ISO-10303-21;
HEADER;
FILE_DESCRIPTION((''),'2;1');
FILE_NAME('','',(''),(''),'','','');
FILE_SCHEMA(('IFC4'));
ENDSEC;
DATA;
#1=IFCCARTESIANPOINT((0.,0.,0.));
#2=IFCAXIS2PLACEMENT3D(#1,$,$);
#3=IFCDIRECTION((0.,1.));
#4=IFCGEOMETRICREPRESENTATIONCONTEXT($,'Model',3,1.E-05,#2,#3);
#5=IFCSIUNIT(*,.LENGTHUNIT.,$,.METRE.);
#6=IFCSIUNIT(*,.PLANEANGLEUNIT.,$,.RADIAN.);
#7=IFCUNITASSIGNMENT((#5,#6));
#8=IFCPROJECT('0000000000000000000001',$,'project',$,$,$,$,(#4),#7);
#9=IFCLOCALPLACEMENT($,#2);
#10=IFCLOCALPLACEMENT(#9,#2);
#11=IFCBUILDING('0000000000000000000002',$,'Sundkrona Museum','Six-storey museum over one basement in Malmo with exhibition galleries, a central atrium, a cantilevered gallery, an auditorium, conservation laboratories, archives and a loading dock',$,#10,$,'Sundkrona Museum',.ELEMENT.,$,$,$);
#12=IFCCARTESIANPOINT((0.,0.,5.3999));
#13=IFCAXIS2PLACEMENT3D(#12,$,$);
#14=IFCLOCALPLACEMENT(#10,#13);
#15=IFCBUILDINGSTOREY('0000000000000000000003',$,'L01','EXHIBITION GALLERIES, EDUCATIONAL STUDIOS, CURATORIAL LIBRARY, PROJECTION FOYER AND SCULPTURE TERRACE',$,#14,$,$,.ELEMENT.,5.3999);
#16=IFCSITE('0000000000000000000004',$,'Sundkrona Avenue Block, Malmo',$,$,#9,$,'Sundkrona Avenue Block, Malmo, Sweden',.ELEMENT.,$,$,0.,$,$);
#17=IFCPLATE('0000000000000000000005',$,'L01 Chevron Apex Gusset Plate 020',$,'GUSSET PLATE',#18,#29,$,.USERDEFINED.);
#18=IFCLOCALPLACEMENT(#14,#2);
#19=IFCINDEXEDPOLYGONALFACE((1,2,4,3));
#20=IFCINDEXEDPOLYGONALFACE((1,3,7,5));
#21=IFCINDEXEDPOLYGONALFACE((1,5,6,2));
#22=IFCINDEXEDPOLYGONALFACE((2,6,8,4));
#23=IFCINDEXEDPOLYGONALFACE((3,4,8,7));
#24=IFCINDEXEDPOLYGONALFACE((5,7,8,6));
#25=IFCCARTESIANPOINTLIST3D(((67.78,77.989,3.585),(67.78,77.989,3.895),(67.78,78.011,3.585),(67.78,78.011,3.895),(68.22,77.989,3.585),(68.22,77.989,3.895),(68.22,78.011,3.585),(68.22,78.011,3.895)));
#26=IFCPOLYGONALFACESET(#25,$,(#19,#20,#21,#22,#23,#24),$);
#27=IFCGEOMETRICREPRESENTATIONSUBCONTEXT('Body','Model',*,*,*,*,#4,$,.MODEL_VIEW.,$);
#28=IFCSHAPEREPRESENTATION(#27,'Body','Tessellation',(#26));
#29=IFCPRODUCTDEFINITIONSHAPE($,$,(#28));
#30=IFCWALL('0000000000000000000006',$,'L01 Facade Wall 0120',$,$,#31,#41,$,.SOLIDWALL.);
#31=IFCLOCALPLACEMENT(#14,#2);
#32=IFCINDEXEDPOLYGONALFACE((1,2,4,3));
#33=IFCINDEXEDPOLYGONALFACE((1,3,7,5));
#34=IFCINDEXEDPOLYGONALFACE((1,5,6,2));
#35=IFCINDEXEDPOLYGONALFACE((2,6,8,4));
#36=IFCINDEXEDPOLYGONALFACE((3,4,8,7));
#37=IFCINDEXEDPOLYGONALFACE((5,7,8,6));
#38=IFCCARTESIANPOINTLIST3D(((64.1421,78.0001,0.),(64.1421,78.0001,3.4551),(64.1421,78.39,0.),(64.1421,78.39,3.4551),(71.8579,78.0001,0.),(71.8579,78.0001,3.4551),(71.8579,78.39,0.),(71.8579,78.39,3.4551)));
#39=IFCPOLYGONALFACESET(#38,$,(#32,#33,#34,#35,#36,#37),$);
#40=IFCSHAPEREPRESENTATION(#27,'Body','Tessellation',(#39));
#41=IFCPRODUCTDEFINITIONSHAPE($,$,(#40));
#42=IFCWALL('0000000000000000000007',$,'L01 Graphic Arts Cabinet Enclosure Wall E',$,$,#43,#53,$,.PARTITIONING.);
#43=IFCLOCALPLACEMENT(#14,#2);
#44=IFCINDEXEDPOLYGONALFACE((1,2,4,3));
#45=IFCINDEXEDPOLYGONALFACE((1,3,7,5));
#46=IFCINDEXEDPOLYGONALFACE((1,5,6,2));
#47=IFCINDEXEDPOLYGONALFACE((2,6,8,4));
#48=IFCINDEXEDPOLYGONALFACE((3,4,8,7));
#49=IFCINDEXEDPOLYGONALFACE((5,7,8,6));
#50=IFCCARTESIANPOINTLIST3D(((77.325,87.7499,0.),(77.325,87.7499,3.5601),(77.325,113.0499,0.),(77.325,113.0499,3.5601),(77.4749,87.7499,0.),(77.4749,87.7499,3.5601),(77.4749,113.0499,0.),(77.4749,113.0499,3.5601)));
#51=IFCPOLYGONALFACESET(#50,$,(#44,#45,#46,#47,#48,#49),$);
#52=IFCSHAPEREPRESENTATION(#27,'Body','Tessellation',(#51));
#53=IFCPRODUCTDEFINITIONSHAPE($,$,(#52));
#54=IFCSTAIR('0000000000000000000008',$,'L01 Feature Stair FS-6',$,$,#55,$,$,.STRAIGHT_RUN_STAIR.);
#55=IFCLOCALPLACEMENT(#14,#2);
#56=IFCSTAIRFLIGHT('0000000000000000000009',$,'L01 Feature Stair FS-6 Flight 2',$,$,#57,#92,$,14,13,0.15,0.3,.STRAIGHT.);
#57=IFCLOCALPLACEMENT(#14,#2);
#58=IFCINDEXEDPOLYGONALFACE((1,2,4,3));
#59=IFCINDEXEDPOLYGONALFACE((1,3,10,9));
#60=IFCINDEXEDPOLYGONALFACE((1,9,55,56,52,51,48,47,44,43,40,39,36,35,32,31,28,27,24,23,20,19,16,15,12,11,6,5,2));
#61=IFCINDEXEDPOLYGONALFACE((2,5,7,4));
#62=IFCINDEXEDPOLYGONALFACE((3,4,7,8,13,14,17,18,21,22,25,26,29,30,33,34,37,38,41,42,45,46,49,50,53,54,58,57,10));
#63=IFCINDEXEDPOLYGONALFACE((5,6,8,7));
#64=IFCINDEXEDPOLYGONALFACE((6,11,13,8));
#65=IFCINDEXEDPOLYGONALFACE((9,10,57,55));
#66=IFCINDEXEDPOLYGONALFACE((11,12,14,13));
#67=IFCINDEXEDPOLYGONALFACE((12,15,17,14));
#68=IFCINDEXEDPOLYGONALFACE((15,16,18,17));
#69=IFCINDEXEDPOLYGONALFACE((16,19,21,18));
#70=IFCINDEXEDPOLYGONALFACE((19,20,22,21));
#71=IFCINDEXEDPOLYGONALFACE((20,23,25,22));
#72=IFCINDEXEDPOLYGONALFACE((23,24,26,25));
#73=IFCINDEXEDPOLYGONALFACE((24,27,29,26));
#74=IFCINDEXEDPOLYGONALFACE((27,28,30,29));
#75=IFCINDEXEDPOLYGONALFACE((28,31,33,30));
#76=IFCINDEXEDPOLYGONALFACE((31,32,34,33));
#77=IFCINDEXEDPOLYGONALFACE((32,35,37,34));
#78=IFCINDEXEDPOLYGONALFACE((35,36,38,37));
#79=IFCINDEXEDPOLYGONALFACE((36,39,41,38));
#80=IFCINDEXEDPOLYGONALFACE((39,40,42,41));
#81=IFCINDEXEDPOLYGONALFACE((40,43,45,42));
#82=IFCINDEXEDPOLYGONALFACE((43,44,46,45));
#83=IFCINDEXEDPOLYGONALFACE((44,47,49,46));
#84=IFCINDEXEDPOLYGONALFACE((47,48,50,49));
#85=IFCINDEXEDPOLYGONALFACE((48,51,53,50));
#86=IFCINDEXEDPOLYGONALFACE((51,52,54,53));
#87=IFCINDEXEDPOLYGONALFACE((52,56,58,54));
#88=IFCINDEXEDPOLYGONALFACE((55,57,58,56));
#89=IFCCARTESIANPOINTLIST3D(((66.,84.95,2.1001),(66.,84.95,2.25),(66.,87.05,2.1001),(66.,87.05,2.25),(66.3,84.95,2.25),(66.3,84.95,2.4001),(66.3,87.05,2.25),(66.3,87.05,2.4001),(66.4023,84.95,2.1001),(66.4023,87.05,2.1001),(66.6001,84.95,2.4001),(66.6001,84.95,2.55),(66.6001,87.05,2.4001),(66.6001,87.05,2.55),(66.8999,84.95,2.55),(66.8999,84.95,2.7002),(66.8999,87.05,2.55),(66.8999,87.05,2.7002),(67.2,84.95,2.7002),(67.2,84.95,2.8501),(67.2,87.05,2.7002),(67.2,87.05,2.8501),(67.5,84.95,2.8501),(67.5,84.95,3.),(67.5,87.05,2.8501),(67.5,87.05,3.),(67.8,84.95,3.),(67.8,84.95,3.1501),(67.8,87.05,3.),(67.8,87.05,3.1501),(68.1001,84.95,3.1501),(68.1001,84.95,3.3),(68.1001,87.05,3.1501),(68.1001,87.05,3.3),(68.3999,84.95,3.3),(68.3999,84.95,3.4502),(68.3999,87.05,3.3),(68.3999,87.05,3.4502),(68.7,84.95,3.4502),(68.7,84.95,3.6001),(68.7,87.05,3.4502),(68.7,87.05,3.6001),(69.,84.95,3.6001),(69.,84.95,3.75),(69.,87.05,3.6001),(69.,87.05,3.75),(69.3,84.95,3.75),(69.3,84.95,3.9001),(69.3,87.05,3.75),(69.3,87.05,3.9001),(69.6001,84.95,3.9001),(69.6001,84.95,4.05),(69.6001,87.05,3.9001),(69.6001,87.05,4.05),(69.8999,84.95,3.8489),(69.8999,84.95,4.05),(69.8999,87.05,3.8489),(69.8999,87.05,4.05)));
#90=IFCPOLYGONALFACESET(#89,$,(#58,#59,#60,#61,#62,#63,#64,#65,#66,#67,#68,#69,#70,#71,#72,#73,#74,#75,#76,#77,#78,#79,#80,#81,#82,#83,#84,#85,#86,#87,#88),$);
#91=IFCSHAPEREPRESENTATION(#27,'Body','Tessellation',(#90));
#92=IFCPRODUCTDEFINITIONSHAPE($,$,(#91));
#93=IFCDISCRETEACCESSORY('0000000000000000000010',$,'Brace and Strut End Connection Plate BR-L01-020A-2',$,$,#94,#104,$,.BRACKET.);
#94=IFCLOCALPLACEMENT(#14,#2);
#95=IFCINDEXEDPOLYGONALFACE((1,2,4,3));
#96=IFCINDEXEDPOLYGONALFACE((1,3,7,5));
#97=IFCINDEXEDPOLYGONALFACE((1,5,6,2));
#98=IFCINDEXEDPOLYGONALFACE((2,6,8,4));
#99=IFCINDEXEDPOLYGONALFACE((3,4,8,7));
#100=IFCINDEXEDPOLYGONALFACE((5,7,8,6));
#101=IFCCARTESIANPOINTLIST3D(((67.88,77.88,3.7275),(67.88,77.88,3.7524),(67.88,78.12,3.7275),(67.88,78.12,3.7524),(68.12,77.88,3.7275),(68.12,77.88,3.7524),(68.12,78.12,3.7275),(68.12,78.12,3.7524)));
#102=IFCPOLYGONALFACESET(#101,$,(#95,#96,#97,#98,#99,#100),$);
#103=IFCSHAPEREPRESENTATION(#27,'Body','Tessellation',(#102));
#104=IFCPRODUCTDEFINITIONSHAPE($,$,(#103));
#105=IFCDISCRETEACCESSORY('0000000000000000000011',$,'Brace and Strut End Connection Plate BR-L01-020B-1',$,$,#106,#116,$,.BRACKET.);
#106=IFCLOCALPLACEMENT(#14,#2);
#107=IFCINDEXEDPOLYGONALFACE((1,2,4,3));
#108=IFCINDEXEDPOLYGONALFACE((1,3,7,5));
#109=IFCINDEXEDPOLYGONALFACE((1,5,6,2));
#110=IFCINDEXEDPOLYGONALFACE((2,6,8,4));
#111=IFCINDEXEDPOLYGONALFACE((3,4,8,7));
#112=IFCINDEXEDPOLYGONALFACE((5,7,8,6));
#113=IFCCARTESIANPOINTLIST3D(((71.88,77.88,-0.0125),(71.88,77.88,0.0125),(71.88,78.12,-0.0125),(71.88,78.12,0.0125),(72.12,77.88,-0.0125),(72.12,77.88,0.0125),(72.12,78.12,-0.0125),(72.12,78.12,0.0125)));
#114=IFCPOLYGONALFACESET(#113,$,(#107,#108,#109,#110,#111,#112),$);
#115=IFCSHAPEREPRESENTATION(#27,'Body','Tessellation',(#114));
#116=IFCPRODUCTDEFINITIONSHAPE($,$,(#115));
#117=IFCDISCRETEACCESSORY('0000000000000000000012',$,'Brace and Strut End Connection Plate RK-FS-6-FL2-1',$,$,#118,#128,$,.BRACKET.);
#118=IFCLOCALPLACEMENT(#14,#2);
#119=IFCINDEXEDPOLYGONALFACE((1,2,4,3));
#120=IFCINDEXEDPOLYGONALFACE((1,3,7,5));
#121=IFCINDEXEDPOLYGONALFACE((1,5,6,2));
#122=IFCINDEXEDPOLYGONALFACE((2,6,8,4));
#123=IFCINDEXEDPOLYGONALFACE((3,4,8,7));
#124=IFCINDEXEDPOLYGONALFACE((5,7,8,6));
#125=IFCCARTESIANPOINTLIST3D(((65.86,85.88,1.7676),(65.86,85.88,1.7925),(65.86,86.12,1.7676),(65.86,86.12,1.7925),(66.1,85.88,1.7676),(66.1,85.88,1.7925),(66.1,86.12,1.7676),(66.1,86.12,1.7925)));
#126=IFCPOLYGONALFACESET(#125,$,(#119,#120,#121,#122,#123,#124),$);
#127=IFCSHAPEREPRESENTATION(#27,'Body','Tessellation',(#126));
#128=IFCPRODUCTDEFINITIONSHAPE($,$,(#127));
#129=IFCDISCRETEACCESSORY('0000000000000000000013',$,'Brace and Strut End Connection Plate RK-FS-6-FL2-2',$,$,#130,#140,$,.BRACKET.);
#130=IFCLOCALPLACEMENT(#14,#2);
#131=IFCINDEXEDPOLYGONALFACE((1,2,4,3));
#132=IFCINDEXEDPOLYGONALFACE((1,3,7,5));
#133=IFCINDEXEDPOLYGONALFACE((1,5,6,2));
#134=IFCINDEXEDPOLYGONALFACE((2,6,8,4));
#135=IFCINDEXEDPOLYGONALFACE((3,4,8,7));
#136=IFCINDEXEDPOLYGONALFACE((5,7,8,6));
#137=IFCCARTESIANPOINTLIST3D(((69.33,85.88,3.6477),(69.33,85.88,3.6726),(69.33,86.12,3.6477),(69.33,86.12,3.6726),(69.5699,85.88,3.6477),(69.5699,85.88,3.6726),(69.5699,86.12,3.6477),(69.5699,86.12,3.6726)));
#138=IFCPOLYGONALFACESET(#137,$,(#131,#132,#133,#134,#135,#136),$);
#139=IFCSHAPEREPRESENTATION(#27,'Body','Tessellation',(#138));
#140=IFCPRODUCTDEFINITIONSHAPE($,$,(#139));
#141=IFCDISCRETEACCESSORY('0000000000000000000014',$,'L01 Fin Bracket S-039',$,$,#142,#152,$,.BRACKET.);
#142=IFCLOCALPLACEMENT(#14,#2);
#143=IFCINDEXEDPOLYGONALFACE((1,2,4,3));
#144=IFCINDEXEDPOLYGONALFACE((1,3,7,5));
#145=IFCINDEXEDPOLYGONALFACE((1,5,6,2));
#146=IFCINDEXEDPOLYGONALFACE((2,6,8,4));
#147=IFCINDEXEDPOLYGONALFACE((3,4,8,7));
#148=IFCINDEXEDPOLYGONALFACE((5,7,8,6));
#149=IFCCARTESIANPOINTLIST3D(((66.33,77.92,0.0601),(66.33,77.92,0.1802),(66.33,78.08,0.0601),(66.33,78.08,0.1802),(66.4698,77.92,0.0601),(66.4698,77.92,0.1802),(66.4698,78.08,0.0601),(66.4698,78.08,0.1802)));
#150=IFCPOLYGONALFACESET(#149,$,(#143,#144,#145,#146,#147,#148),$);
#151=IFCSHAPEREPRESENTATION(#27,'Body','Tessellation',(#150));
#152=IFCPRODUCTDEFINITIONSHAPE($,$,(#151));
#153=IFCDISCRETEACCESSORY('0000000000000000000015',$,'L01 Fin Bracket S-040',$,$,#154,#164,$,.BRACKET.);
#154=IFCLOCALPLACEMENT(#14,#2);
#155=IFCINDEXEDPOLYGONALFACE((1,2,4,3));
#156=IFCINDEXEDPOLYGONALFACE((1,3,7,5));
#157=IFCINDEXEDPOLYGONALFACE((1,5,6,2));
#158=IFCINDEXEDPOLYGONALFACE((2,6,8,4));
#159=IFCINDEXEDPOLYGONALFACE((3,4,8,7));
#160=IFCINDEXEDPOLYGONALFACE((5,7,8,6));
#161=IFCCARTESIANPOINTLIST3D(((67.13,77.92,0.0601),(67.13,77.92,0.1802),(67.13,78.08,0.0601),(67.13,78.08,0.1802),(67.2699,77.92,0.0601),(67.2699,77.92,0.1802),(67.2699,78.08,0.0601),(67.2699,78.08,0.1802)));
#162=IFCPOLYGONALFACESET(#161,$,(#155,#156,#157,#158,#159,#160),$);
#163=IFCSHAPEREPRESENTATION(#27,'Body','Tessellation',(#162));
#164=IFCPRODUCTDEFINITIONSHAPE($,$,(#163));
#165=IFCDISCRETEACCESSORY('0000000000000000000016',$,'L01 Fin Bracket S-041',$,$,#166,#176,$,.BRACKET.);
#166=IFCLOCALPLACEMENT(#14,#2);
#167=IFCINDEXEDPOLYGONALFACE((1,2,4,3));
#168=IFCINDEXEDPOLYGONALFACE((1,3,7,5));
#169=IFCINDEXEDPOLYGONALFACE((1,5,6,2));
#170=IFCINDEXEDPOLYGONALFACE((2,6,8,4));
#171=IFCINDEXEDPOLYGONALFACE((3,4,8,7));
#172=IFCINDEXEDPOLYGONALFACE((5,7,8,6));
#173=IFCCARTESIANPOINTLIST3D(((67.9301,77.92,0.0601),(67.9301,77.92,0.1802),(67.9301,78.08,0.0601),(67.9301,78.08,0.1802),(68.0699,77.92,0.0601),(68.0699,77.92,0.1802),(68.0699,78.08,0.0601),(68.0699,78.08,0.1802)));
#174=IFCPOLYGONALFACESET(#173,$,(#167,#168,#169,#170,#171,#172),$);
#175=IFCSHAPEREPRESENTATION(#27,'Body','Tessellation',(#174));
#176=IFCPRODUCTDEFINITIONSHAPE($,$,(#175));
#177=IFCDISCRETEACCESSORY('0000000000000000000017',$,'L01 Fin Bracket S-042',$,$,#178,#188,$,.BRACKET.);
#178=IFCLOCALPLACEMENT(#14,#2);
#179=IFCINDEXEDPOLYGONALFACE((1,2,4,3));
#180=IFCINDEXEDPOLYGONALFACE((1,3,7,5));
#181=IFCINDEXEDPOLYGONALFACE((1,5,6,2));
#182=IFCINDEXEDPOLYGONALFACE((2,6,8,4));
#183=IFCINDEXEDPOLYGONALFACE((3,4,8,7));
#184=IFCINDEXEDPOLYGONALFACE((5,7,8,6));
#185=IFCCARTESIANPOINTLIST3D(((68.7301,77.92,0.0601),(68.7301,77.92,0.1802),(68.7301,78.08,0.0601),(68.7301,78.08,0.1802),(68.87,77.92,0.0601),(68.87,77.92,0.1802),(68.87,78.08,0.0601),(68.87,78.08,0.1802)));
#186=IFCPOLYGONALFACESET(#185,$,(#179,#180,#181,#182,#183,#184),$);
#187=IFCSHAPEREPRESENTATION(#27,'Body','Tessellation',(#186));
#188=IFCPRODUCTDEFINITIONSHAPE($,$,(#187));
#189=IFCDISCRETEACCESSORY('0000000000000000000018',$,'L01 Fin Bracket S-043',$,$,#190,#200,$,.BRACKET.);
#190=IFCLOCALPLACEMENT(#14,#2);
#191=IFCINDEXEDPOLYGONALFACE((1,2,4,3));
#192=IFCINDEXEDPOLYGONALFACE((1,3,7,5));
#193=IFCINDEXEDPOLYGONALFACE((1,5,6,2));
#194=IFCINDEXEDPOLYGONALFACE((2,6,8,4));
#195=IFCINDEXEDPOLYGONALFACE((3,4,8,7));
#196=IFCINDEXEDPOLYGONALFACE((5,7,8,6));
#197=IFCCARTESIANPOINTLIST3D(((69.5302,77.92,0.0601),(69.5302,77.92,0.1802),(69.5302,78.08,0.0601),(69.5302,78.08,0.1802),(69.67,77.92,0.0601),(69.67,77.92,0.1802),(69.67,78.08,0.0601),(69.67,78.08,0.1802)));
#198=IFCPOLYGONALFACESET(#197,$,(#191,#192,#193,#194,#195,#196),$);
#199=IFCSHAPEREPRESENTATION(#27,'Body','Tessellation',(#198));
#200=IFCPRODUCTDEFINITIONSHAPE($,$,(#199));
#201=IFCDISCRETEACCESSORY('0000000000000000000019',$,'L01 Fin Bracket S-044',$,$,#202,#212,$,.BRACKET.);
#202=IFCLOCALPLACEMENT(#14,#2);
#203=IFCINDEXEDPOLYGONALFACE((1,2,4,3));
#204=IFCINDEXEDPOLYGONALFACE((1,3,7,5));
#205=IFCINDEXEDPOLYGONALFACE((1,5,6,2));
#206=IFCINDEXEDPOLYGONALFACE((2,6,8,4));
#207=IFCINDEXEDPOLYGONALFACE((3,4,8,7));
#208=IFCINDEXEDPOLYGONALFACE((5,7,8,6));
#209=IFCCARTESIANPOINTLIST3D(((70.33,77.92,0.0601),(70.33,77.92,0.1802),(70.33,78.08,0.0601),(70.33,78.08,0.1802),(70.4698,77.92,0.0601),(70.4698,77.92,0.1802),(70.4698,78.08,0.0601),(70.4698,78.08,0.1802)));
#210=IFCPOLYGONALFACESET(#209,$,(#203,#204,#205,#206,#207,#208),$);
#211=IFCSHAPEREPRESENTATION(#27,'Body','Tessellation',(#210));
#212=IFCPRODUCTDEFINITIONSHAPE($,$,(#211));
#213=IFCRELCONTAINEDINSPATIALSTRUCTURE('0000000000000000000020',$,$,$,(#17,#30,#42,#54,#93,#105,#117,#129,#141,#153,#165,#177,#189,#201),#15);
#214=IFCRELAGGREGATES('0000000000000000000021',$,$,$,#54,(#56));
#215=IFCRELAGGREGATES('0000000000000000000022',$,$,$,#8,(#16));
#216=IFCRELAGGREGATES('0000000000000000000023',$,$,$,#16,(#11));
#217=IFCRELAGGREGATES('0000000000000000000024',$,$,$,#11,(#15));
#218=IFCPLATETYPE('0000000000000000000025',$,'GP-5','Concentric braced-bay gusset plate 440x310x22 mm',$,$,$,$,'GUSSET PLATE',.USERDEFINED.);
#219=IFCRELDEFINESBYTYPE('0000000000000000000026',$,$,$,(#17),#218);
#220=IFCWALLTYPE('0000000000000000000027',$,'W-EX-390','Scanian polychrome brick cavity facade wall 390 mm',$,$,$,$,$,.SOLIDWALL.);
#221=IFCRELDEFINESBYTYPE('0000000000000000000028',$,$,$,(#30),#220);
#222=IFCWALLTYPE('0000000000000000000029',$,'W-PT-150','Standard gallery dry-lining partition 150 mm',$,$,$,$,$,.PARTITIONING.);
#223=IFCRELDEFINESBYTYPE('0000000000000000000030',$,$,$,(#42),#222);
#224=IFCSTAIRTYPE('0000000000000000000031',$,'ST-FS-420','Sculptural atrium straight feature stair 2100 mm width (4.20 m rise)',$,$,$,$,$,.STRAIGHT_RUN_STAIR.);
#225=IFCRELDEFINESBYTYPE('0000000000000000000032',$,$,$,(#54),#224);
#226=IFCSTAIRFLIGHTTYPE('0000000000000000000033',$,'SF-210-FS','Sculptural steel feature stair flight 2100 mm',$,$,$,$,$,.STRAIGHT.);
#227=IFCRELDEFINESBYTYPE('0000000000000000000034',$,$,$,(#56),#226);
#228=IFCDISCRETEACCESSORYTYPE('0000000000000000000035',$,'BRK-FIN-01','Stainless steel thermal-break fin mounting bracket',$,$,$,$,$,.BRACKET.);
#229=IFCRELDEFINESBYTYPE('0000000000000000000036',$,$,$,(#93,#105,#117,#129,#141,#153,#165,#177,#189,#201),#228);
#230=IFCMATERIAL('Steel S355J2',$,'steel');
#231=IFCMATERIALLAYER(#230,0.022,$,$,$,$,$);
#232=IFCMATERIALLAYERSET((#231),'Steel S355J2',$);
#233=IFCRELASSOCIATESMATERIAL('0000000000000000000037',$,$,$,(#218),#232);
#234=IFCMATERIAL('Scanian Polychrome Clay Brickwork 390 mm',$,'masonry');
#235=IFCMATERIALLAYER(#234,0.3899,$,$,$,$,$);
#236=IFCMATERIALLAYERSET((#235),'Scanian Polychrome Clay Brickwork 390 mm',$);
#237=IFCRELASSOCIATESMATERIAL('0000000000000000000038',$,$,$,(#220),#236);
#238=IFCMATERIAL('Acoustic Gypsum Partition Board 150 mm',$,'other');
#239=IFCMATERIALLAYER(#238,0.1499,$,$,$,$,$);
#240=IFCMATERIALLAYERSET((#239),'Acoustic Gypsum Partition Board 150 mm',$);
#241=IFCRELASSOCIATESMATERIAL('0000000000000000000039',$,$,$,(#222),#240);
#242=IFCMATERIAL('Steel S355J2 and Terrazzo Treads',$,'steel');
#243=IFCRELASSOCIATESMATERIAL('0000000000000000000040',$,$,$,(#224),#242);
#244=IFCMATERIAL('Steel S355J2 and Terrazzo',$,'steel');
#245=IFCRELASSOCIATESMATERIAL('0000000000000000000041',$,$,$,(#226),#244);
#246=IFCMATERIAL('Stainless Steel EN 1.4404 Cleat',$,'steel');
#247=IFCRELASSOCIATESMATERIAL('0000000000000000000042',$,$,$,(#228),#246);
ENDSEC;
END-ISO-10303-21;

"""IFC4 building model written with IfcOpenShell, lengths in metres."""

from ifc_helpers import new_model, si_unit, direction, frame, frame_2d, origin, origin_2d, place, context, subcontext, project, spatial, polyline, rectangle, outline, extrude, material, layer, layer_set, type_object, element, aggregate, save


model = new_model("IFC4")

# Units and contexts
model_context = context("Model", 3, precision=1e-05, world=origin(), true_north=direction((0.0, 1.0)))
body_context = subcontext(model_context, "Body", "Model", "MODEL_VIEW")
ifc_project = project(units=[si_unit("LENGTHUNIT", "METRE"), si_unit("PLANEANGLEUNIT", "RADIAN")], contexts=[model_context])

# Site, building, storey
site_placement = place(None, origin())
site = spatial("IfcSite", under=ifc_project, at=site_placement, Name="Sundkrona Avenue Block, Malmo", LongName="Sundkrona Avenue Block, Malmo, Sweden", CompositionType="ELEMENT", RefElevation=0.0)
building_placement = place(site_placement, origin())
building = spatial("IfcBuilding", under=site, at=building_placement, Name="Sundkrona Museum", Description="Six-storey museum over one basement in Malmo with exhibition galleries, a central atrium, a cantilevered gallery, an auditorium, conservation laboratories, archives and a loading dock", LongName="Sundkrona Museum", CompositionType="ELEMENT")
storey_placement = place(building_placement, frame((0.0, 0.0, 5.3999)))
storey = spatial("IfcBuildingStorey", under=building, at=storey_placement, Name="L01", Description="EXHIBITION GALLERIES, EDUCATIONAL STUDIOS, CURATORIAL LIBRARY, PROJECTION FOYER AND SCULPTURE TERRACE", CompositionType="ELEMENT", Elevation=5.3999)

# Shared definitions
ifc_material_1 = material(Name="Steel S355J2", Category="steel")

# Plate
ifc_layer_1 = layer(ifc_material_1, 0.022)
ifc_layer_set_1 = layer_set([ifc_layer_1], Name="Steel S355J2")
plate_type = type_object("IfcPlateType", Name="GP-5", Description="Concentric braced-bay gusset plate 440x310x22 mm", ElementType="GUSSET PLATE", PredefinedType="USERDEFINED", material=ifc_layer_set_1)
plate_placement = place(storey_placement, frame((68.0, 78.0, 3.585), z_axis=(0.0, 0.0, 1.0), x_axis=(1.0, 0.0, 0.0)))
element("IfcPlate", 1, at=plate_placement, inside=storey, type_object=plate_type, Name="L01 Chevron Apex Gusset Plate 020", ObjectType="GUSSET PLATE", PredefinedType="USERDEFINED", context=body_context, shape_type="SweptSolid", body=[
    extrude(rectangle(XDim=0.4399, YDim=0.022, at=origin_2d()), origin(), (0.0, 0.0, 1.0), 0.3101),
])

# Walls
ifc_material_2 = material(Name="Scanian Polychrome Clay Brickwork 390 mm", Category="masonry")
ifc_layer_2 = layer(ifc_material_2, 0.3899)
ifc_layer_set_2 = layer_set([ifc_layer_2], Name="Scanian Polychrome Clay Brickwork 390 mm")
wall_type_1 = type_object("IfcWallType", Name="W-EX-390", Description="Scanian polychrome brick cavity facade wall 390 mm", PredefinedType="SOLIDWALL", material=ifc_layer_set_2)
wall_1_placement = place(storey_placement, frame((71.8579, 78.1951, 0.0), z_axis=(0.0, 0.0, 1.0), x_axis=(-1.0, 0.0, 0.0)))
element("IfcWall", 2, at=wall_1_placement, inside=storey, type_object=wall_type_1, Name="L01 Facade Wall 0120", PredefinedType="SOLIDWALL", context=body_context, shape_type="SweptSolid", body=[
    extrude(rectangle(XDim=7.7158, YDim=0.3899, at=frame_2d((3.8579, 0.0))), origin(), (0.0, 0.0, 1.0), 3.4551),
])
ifc_material_3 = material(Name="Acoustic Gypsum Partition Board 150 mm", Category="other")
ifc_layer_3 = layer(ifc_material_3, 0.1499)
ifc_layer_set_3 = layer_set([ifc_layer_3], Name="Acoustic Gypsum Partition Board 150 mm")
wall_type_2 = type_object("IfcWallType", Name="W-PT-150", Description="Standard gallery dry-lining partition 150 mm", PredefinedType="PARTITIONING", material=ifc_layer_set_3)
wall_2_placement = place(storey_placement, frame((77.3999, 87.75, 0.0), z_axis=(0.0, 0.0, 1.0), x_axis=(0.0, 1.0, 0.0)))
element("IfcWall", 3, at=wall_2_placement, inside=storey, type_object=wall_type_2, Name="L01 Graphic Arts Cabinet Enclosure Wall E", PredefinedType="PARTITIONING", context=body_context, shape_type="SweptSolid", body=[
    extrude(rectangle(XDim=25.3, YDim=0.1499, at=frame_2d((12.6499, 0.0))), origin(), (0.0, 0.0, 1.0), 3.5601),
])

# Stair, stair flight
ifc_material_4 = material(Name="Steel S355J2 and Terrazzo Treads", Category="steel")
stair_type = type_object("IfcStairType", Name="ST-FS-420", Description="Sculptural atrium straight feature stair 2100 mm width (4.20 m rise)", PredefinedType="STRAIGHT_RUN_STAIR", material=ifc_material_4)
stair_placement = place(storey_placement, origin())
stair = element("IfcStair", 4, at=stair_placement, inside=storey, type_object=stair_type, Name="L01 Feature Stair FS-6", PredefinedType="STRAIGHT_RUN_STAIR")
ifc_material_5 = material(Name="Steel S355J2 and Terrazzo", Category="steel")
stair_flight_type = type_object("IfcStairFlightType", Name="SF-210-FS", Description="Sculptural steel feature stair flight 2100 mm", PredefinedType="STRAIGHT", material=ifc_material_5)
stair_flight_placement = place(storey_placement, frame((66.0, 86.0, 2.1001), z_axis=(0.0, 0.0, 1.0), x_axis=(1.0, 0.0, 0.0)))
stair_flight = element("IfcStairFlight", 5, at=stair_flight_placement, type_object=stair_flight_type, Name="L01 Feature Stair FS-6 Flight 2", NumberOfRisers=14, NumberOfTreads=13, PredefinedType="STRAIGHT", RiserHeight=0.15, TreadLength=0.3, context=body_context, shape_type="SweptSolid", body=[
    extrude(outline(polyline([(0.0, 0.0), (0.0, 0.1499), (0.3, 0.1499), (0.3, 0.3), (0.6001, 0.3), (0.6001, 0.45), (0.8999, 0.45), (0.8999, 0.6001), (1.2, 0.6001), (1.2, 0.75), (1.5, 0.75), (1.5, 0.8999), (1.8, 0.8999), (1.8, 1.05), (2.1001, 1.05), (2.1001, 1.2), (2.3999, 1.2), (2.3999, 1.3501), (2.7, 1.3501), (2.7, 1.5), (3.0, 1.5), (3.0, 1.6499), (3.3, 1.6499), (3.3, 1.8), (3.6001, 1.8), (3.6001, 1.95), (3.8999, 1.95), (3.8999, 2.1001), (3.8999, 1.7488), (0.4023, 0.0), (0.0, 0.0)])), frame((0.0, 1.05, 0.0), z_axis=(0.0, -1.0, 0.0), x_axis=(1.0, 0.0, 0.0)), (0.0, 0.0, 1.0), 2.1001),
])
aggregate(stair, [stair_flight])

# Discrete accessories
ifc_material_6 = material(Name="Stainless Steel EN 1.4404 Cleat", Category="steel")
discrete_accessory_type = type_object("IfcDiscreteAccessoryType", Name="BRK-FIN-01", Description="Stainless steel thermal-break fin mounting bracket", PredefinedType="BRACKET", material=ifc_material_6)
for number, where, z_axis, x_axis, name in (
    (6, (68.0, 78.0, 3.7275), (0.0, 0.0, 1.0), (1.0, 0.0, 0.0), "Brace and Strut End Connection Plate BR-L01-020A-2"),
    (7, (72.0, 78.0, -0.0125), (0.0, 0.0, 1.0), (1.0, 0.0, 0.0), "Brace and Strut End Connection Plate BR-L01-020B-1"),
    (8, (65.98, 86.0, 1.7676), (0.0, 0.0, 1.0), (1.0, 0.0, 0.0), "Brace and Strut End Connection Plate RK-FS-6-FL2-1"),
    (9, (69.45, 86.0, 3.6477), (0.0, 0.0, 1.0), (1.0, 0.0, 0.0), "Brace and Strut End Connection Plate RK-FS-6-FL2-2"),
):
    element("IfcDiscreteAccessory", number, at=place(storey_placement, frame(where, z_axis=z_axis, x_axis=x_axis)), inside=storey, type_object=discrete_accessory_type, Name=name, PredefinedType="BRACKET", context=body_context, shape_type="SweptSolid", body=[
        extrude(rectangle(XDim=0.24, YDim=0.24, at=origin_2d()), origin(), (0.0, 0.0, 1.0), 0.0249),
    ])
for number, where, z_axis, x_axis, name in (
    (10, (66.3999, 78.0, 0.0601), (0.0, 0.0, 1.0), (1.0, 0.0, 0.0), "L01 Fin Bracket S-039"),
    (11, (67.2, 78.0, 0.0601), (0.0, 0.0, 1.0), (1.0, 0.0, 0.0), "L01 Fin Bracket S-040"),
    (12, (68.0, 78.0, 0.0601), (0.0, 0.0, 1.0), (1.0, 0.0, 0.0), "L01 Fin Bracket S-041"),
    (13, (68.8, 78.0, 0.0601), (0.0, 0.0, 1.0), (1.0, 0.0, 0.0), "L01 Fin Bracket S-042"),
    (14, (69.6001, 78.0, 0.0601), (0.0, 0.0, 1.0), (1.0, 0.0, 0.0), "L01 Fin Bracket S-043"),
    (15, (70.3999, 78.0, 0.0601), (0.0, 0.0, 1.0), (1.0, 0.0, 0.0), "L01 Fin Bracket S-044"),
):
    element("IfcDiscreteAccessory", number, at=place(storey_placement, frame(where, z_axis=z_axis, x_axis=x_axis)), inside=storey, type_object=discrete_accessory_type, Name=name, PredefinedType="BRACKET", context=body_context, shape_type="SweptSolid", body=[
        extrude(rectangle(XDim=0.1399, YDim=0.1599, at=origin_2d()), origin(), (0.0, 0.0, 1.0), 0.1201),
    ])

save(model, "model.ifc")
